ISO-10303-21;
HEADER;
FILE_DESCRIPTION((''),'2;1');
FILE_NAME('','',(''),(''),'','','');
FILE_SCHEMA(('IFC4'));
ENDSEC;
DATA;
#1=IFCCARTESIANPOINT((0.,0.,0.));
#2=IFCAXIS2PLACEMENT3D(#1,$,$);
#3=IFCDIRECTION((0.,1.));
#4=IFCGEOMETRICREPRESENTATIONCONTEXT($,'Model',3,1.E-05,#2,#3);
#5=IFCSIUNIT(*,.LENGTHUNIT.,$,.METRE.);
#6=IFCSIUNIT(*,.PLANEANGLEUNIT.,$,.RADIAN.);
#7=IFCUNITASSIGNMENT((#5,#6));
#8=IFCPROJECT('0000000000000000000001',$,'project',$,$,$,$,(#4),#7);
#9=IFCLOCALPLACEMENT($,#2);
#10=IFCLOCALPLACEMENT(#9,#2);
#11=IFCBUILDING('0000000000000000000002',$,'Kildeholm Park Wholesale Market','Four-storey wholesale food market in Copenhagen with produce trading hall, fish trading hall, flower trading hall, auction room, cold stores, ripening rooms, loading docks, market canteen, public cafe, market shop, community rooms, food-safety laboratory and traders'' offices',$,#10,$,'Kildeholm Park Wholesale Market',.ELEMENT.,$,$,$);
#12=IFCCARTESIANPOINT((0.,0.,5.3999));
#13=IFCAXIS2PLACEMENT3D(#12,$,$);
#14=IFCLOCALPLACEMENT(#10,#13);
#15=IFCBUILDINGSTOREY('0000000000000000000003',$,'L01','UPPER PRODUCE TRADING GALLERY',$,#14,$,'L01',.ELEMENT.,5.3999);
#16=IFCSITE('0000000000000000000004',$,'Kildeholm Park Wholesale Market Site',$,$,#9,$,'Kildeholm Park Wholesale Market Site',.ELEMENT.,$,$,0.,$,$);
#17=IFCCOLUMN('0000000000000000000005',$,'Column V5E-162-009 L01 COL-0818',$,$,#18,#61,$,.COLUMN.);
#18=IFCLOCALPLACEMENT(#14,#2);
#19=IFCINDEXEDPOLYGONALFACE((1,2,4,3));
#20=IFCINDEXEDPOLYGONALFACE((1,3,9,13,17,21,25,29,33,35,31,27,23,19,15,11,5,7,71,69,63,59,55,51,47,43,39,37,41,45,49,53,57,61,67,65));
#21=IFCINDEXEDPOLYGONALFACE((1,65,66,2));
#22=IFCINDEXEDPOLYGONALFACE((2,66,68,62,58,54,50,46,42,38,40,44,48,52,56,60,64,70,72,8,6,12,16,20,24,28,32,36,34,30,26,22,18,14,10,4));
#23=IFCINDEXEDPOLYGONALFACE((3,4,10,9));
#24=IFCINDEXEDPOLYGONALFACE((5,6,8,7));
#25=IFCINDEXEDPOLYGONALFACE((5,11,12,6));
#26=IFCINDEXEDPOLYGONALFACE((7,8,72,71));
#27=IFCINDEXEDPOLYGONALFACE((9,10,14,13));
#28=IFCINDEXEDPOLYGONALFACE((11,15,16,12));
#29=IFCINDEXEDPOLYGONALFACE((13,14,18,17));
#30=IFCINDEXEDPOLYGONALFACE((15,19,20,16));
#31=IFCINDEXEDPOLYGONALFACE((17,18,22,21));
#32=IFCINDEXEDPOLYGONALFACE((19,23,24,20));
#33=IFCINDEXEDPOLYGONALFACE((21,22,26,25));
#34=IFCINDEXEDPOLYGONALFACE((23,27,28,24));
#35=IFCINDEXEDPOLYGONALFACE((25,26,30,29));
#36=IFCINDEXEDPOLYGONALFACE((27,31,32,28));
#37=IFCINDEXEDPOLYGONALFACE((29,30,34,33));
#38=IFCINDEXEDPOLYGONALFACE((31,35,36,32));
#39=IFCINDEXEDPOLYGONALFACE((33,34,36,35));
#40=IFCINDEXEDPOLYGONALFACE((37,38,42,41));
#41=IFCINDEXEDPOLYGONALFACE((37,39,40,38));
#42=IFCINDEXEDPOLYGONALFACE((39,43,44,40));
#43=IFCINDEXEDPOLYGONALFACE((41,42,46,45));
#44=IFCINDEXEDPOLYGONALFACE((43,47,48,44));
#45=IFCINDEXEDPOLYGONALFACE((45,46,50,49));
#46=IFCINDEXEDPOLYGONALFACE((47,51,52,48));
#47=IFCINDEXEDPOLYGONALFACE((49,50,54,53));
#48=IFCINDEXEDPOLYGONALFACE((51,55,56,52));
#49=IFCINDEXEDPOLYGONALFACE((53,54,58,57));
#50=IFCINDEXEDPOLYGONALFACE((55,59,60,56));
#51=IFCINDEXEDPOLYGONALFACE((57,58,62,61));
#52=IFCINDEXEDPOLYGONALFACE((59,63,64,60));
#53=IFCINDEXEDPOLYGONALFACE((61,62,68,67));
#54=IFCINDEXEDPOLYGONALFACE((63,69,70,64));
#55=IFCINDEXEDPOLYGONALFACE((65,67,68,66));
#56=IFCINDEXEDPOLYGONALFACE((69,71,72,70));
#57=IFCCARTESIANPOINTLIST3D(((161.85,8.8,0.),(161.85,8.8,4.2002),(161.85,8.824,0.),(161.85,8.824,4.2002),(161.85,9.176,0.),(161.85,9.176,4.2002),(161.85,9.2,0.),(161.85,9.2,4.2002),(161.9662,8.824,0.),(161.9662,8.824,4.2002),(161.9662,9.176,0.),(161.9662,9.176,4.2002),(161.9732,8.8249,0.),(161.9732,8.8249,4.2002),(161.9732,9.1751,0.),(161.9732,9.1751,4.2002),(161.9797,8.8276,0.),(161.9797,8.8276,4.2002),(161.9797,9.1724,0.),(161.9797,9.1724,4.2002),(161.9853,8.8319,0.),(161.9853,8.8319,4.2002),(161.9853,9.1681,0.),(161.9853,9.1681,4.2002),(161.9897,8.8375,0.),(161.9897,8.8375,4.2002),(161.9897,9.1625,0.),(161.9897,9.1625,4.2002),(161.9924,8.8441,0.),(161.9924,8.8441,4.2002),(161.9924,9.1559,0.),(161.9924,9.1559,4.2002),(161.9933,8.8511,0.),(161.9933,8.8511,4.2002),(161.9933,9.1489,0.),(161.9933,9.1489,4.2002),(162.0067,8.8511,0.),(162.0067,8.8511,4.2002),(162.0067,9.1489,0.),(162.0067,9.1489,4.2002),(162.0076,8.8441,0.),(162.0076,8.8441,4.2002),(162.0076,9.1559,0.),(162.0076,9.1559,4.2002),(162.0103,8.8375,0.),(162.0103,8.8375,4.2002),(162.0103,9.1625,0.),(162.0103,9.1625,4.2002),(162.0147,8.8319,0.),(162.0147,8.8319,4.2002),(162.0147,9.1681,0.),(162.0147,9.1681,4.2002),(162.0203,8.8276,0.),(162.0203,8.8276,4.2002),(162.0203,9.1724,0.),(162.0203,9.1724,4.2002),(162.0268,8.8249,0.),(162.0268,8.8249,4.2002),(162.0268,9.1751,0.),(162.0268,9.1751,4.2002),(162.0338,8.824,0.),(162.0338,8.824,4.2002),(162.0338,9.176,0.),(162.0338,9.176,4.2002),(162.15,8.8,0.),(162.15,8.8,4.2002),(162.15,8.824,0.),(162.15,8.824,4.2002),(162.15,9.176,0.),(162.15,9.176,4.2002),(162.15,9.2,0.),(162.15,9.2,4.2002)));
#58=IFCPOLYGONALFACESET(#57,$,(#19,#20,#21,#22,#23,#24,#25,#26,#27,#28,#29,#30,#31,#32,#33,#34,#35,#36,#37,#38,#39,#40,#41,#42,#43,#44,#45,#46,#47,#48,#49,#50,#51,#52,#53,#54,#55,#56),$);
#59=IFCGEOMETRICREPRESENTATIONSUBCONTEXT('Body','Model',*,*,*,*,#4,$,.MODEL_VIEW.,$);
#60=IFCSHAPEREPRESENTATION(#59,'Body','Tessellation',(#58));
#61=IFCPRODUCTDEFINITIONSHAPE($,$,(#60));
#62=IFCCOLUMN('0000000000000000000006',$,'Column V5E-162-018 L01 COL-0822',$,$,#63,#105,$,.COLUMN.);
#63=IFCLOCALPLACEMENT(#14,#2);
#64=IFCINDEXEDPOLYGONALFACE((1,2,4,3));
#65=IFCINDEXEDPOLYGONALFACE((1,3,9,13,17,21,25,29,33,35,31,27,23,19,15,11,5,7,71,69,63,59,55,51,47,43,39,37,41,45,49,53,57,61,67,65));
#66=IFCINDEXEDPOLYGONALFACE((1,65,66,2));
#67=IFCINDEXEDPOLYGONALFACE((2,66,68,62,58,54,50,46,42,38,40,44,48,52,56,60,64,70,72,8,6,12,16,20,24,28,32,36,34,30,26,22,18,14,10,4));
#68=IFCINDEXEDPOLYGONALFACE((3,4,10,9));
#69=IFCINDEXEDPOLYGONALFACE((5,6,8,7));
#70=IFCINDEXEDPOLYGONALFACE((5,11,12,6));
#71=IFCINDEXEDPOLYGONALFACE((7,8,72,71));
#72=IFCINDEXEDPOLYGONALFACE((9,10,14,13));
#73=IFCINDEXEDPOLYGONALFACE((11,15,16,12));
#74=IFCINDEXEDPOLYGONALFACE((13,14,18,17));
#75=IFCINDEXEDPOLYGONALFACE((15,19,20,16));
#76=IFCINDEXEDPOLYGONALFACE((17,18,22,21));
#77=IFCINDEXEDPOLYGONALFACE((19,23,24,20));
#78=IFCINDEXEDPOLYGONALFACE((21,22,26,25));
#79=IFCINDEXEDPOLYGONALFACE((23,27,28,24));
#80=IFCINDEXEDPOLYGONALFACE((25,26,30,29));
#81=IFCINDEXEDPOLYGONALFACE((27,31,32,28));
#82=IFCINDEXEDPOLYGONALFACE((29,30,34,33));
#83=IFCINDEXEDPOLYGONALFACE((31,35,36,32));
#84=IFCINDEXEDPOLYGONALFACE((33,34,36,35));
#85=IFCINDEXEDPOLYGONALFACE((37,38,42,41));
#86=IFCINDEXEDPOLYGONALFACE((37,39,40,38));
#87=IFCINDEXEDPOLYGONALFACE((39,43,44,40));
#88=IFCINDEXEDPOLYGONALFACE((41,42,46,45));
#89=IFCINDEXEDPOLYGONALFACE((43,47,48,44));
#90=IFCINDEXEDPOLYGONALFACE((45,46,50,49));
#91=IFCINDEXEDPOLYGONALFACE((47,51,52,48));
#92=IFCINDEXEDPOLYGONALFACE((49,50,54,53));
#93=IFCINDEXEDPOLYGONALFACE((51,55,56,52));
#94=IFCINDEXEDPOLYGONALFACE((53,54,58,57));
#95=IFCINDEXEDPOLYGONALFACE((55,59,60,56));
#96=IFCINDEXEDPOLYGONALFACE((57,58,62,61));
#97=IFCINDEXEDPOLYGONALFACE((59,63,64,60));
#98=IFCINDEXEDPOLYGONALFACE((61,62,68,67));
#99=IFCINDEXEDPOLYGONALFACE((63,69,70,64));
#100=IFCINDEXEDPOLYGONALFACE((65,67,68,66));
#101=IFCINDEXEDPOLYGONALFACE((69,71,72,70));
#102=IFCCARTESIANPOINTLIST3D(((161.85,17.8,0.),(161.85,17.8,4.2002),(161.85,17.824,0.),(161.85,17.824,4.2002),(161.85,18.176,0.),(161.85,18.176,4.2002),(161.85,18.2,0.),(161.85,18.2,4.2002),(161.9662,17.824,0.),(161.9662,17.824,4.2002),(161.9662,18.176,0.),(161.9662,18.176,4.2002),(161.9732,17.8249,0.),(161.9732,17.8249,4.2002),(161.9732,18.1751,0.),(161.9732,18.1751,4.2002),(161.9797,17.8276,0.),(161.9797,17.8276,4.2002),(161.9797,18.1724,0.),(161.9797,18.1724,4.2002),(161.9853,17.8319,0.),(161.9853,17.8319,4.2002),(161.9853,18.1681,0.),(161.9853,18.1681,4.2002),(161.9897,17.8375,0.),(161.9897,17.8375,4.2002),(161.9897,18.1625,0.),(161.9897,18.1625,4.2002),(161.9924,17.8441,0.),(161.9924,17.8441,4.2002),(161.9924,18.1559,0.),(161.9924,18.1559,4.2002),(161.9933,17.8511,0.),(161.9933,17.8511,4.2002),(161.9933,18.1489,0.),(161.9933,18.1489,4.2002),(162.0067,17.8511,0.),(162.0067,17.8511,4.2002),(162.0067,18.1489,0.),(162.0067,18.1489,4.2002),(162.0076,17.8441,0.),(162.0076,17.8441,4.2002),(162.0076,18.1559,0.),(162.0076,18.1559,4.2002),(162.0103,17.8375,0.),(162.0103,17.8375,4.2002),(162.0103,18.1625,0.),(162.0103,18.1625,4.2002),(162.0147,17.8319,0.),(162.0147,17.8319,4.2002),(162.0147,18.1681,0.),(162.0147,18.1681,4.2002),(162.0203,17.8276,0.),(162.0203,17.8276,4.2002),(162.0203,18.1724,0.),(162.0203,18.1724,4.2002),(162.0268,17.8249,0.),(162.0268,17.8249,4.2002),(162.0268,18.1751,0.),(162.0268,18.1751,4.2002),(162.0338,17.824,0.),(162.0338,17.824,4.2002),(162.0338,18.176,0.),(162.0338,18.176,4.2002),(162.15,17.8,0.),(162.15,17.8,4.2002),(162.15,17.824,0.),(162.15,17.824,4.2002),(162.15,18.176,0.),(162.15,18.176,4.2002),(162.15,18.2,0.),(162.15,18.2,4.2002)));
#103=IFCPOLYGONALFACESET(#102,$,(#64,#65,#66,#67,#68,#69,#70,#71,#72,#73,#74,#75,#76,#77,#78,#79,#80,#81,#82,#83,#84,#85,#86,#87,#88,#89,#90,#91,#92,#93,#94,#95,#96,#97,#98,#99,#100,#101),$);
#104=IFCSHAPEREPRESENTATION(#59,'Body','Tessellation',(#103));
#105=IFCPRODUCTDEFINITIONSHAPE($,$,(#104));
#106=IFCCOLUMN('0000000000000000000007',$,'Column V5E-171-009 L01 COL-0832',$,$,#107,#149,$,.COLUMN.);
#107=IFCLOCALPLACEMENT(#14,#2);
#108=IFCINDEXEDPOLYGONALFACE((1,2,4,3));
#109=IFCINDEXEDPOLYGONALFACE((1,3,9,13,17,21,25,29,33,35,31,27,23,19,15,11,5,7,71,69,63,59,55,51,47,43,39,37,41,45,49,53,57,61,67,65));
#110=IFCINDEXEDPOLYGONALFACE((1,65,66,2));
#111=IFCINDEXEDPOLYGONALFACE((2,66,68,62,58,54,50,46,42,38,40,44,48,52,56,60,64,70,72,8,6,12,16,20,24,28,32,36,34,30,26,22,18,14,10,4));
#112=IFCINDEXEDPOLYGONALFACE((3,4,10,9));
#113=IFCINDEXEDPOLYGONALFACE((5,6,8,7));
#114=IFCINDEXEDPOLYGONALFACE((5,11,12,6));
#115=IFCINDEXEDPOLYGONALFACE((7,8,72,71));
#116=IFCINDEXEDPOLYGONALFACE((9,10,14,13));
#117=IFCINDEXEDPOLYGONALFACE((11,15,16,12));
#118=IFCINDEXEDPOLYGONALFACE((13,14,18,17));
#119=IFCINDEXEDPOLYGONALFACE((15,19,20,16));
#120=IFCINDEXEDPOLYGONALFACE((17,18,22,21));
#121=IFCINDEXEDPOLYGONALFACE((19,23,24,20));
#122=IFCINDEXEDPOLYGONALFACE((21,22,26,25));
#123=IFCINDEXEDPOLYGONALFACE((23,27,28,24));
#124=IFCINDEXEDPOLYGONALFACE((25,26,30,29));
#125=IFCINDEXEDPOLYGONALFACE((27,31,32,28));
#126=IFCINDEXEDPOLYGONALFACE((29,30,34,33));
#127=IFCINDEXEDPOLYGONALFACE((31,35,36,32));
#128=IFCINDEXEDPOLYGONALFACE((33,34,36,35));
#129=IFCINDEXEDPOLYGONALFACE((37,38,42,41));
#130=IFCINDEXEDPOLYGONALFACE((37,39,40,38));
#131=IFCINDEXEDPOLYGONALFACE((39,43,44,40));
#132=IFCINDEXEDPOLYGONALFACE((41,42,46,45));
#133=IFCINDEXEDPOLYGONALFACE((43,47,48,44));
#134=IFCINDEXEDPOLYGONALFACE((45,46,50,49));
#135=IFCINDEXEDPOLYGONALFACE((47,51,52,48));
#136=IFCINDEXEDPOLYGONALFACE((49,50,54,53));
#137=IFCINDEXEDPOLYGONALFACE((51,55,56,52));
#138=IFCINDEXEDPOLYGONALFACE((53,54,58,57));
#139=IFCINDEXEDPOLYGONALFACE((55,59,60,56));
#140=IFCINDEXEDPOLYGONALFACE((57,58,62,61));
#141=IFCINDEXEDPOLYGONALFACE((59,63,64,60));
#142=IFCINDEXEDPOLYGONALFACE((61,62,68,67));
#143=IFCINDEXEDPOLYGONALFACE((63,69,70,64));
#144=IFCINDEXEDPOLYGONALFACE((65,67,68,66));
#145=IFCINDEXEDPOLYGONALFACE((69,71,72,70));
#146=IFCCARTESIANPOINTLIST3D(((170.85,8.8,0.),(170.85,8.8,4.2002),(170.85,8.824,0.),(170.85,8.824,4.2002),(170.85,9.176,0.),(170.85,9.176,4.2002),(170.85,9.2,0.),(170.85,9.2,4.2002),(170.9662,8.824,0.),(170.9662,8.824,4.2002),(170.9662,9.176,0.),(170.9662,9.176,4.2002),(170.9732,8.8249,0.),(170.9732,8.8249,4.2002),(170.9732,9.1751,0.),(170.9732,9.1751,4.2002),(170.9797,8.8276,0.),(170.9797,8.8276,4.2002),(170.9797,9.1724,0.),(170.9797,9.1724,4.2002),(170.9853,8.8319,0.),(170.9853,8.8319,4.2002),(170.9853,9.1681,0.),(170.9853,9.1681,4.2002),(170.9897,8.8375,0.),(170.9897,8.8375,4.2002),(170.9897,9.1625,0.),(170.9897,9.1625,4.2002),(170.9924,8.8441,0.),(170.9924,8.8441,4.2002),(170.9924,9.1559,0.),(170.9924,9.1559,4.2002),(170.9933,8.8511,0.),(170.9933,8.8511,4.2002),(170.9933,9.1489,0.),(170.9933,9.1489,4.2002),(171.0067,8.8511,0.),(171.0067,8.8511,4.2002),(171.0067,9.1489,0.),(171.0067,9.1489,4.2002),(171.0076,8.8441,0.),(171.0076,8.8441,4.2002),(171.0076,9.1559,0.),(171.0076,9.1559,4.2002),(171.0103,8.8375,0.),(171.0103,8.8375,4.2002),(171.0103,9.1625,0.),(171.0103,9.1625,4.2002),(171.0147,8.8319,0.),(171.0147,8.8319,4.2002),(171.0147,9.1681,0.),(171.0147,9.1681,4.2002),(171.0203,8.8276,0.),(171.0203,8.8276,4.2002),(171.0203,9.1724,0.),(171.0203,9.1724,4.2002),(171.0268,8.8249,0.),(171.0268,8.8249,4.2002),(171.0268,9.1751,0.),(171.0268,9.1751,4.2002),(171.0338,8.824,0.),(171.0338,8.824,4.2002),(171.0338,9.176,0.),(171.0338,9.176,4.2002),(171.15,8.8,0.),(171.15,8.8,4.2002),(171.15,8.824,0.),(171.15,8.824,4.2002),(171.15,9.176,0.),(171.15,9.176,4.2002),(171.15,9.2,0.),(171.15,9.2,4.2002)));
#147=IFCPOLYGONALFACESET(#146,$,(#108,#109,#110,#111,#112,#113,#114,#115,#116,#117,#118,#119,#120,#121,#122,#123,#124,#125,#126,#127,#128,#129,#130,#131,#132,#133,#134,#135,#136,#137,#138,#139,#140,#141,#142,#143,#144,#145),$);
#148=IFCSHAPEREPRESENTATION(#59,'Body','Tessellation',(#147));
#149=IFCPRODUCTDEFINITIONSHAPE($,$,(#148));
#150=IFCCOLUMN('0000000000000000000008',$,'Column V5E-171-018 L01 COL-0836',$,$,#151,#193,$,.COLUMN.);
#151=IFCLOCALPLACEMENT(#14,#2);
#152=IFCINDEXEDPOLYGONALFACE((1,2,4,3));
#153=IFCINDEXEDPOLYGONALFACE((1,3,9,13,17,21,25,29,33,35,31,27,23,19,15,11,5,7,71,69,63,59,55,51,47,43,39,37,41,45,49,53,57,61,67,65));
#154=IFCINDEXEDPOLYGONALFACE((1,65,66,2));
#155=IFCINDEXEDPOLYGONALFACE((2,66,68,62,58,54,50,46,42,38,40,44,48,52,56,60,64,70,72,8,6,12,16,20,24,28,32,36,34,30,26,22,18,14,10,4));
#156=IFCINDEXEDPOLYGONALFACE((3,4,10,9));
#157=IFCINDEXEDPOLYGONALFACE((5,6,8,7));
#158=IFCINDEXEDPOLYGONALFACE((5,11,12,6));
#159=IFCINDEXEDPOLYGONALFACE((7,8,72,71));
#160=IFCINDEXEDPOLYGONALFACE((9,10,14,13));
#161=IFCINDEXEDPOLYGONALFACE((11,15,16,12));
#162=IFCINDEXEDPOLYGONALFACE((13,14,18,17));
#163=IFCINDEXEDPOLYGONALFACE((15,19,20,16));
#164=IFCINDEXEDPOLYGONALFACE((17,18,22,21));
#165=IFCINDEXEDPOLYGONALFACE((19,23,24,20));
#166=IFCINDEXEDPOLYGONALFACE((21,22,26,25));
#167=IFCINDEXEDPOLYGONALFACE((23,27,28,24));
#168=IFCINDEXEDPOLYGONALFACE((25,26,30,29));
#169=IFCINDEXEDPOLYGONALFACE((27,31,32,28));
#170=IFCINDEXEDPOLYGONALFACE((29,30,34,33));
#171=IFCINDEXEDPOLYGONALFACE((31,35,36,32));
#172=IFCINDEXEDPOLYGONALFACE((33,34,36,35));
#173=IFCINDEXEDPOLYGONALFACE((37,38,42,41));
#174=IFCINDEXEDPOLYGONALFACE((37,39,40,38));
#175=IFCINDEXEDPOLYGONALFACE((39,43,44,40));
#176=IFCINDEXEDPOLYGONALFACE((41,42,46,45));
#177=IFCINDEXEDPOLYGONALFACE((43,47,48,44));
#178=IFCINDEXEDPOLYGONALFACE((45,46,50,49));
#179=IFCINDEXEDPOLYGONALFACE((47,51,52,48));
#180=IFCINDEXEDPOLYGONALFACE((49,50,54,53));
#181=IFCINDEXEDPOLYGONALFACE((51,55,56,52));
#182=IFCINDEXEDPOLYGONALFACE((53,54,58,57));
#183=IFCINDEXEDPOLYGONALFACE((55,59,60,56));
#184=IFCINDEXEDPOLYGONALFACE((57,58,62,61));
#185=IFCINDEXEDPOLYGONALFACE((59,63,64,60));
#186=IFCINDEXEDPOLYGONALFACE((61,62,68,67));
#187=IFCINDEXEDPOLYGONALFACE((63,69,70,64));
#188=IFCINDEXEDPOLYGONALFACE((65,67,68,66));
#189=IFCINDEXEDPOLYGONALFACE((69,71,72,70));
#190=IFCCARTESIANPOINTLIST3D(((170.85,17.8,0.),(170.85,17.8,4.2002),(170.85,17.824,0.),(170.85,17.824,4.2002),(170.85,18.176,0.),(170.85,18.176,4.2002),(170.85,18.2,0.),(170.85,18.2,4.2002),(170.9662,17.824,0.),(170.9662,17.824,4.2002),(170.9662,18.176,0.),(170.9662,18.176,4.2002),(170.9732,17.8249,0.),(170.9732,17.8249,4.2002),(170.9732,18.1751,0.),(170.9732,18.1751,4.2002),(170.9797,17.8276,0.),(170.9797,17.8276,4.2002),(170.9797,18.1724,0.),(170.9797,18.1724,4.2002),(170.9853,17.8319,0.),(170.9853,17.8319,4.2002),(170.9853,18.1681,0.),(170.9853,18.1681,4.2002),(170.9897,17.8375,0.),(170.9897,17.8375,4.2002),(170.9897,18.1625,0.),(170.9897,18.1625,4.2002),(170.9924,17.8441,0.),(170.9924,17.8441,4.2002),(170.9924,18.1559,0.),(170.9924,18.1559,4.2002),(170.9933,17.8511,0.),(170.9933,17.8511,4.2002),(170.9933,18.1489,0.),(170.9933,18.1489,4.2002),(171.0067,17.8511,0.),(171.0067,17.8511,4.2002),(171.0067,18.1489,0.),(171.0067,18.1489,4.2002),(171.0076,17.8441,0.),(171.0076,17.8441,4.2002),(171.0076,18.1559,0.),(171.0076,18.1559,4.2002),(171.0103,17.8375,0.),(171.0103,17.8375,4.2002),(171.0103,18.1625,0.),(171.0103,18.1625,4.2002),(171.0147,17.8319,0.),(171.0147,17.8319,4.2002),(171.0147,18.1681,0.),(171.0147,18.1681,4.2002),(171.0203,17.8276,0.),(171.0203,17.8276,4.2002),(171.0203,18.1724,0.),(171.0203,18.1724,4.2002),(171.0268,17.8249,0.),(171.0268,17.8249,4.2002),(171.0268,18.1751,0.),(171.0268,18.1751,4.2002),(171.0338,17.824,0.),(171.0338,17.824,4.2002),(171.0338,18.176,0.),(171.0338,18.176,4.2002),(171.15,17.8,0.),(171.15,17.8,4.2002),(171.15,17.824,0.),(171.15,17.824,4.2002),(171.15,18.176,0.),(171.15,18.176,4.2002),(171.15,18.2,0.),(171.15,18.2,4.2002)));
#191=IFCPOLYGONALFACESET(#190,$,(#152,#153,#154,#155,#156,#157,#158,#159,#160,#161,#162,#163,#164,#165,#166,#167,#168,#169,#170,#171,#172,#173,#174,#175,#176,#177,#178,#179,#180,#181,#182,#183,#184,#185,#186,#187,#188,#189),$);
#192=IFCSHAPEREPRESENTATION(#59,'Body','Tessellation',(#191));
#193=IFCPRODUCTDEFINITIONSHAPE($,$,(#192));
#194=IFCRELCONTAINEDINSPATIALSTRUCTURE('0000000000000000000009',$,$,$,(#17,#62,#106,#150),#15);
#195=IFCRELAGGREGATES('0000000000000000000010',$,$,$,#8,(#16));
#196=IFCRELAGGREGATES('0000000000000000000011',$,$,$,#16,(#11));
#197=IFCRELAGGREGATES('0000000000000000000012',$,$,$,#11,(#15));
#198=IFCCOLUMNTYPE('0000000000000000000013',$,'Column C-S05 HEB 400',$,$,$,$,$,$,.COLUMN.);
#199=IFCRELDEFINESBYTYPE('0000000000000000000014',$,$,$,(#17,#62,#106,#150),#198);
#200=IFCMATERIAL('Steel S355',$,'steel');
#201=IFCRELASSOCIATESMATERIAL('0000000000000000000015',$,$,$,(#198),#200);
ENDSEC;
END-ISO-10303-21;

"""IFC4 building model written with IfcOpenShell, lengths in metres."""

from ifc_helpers import new_model, si_unit, direction, frame, origin, origin_2d, place, context, subcontext, project, spatial, i_section, extrude, material, material_profile, profile_set, type_object, element, save


model = new_model("IFC4")

# Units and contexts
model_context = context("Model", 3, precision=1e-05, world=origin(), true_north=direction((0.0, 1.0)))
body_context = subcontext(model_context, "Body", "Model", "MODEL_VIEW")
ifc_project = project(units=[si_unit("LENGTHUNIT", "METRE"), si_unit("PLANEANGLEUNIT", "RADIAN")], contexts=[model_context])

# Site, building, storey
site_placement = place(None, origin())
site = spatial("IfcSite", under=ifc_project, at=site_placement, Name="Kildeholm Park Wholesale Market Site", LongName="Kildeholm Park Wholesale Market Site", CompositionType="ELEMENT", RefElevation=0.0)
building_placement = place(site_placement, origin())
building = spatial("IfcBuilding", under=site, at=building_placement, Name="Kildeholm Park Wholesale Market", Description="Four-storey wholesale food market in Copenhagen with produce trading hall, fish trading hall, flower trading hall, auction room, cold stores, ripening rooms, loading docks, market canteen, public cafe, market shop, community rooms, food-safety laboratory and traders' offices", LongName="Kildeholm Park Wholesale Market", CompositionType="ELEMENT")
storey_placement = place(building_placement, frame((0.0, 0.0, 5.3999)))
storey = spatial("IfcBuildingStorey", under=building, at=storey_placement, Name="L01", Description="UPPER PRODUCE TRADING GALLERY", LongName="L01", CompositionType="ELEMENT", Elevation=5.3999)

# Columns
ifc_material_1 = material(Name="Steel S355", Category="steel")
ifc_material_profile_1 = material_profile(ifc_material_1, i_section(OverallWidth=0.3, OverallDepth=0.3999, WebThickness=0.0134, FlangeThickness=0.0239, FilletRadius=0.0271, at=origin_2d()), Name="HEB 400")
ifc_profile_set_1 = profile_set([ifc_material_profile_1], Name="Steel S355")
column_type = type_object("IfcColumnType", Name="Column C-S05 HEB 400", PredefinedType="COLUMN", material=ifc_profile_set_1)
for number, where, z_axis, x_axis, name in (
    (1, (162.0, 9.0, 0.0), (0.0, 0.0, 1.0), (1.0, 0.0, 0.0), "Column V5E-162-009 L01 COL-0818"),
    (2, (162.0, 18.0, 0.0), (0.0, 0.0, 1.0), (1.0, 0.0, 0.0), "Column V5E-162-018 L01 COL-0822"),
    (3, (171.0, 9.0, 0.0), (0.0, 0.0, 1.0), (1.0, 0.0, 0.0), "Column V5E-171-009 L01 COL-0832"),
    (4, (171.0, 18.0, 0.0), (0.0, 0.0, 1.0), (1.0, 0.0, 0.0), "Column V5E-171-018 L01 COL-0836"),
):
    element("IfcColumn", number, at=place(storey_placement, frame(where, z_axis=z_axis, x_axis=x_axis)), inside=storey, type_object=column_type, Name=name, PredefinedType="COLUMN", context=body_context, shape_type="SweptSolid", body=[
        extrude(i_section(OverallWidth=0.3, OverallDepth=0.3999, WebThickness=0.0134, FlangeThickness=0.0239, FilletRadius=0.0271, at=origin_2d()), origin(), (0.0, 0.0, 1.0), 4.2002),
    ])

save(model, "model.ifc")
